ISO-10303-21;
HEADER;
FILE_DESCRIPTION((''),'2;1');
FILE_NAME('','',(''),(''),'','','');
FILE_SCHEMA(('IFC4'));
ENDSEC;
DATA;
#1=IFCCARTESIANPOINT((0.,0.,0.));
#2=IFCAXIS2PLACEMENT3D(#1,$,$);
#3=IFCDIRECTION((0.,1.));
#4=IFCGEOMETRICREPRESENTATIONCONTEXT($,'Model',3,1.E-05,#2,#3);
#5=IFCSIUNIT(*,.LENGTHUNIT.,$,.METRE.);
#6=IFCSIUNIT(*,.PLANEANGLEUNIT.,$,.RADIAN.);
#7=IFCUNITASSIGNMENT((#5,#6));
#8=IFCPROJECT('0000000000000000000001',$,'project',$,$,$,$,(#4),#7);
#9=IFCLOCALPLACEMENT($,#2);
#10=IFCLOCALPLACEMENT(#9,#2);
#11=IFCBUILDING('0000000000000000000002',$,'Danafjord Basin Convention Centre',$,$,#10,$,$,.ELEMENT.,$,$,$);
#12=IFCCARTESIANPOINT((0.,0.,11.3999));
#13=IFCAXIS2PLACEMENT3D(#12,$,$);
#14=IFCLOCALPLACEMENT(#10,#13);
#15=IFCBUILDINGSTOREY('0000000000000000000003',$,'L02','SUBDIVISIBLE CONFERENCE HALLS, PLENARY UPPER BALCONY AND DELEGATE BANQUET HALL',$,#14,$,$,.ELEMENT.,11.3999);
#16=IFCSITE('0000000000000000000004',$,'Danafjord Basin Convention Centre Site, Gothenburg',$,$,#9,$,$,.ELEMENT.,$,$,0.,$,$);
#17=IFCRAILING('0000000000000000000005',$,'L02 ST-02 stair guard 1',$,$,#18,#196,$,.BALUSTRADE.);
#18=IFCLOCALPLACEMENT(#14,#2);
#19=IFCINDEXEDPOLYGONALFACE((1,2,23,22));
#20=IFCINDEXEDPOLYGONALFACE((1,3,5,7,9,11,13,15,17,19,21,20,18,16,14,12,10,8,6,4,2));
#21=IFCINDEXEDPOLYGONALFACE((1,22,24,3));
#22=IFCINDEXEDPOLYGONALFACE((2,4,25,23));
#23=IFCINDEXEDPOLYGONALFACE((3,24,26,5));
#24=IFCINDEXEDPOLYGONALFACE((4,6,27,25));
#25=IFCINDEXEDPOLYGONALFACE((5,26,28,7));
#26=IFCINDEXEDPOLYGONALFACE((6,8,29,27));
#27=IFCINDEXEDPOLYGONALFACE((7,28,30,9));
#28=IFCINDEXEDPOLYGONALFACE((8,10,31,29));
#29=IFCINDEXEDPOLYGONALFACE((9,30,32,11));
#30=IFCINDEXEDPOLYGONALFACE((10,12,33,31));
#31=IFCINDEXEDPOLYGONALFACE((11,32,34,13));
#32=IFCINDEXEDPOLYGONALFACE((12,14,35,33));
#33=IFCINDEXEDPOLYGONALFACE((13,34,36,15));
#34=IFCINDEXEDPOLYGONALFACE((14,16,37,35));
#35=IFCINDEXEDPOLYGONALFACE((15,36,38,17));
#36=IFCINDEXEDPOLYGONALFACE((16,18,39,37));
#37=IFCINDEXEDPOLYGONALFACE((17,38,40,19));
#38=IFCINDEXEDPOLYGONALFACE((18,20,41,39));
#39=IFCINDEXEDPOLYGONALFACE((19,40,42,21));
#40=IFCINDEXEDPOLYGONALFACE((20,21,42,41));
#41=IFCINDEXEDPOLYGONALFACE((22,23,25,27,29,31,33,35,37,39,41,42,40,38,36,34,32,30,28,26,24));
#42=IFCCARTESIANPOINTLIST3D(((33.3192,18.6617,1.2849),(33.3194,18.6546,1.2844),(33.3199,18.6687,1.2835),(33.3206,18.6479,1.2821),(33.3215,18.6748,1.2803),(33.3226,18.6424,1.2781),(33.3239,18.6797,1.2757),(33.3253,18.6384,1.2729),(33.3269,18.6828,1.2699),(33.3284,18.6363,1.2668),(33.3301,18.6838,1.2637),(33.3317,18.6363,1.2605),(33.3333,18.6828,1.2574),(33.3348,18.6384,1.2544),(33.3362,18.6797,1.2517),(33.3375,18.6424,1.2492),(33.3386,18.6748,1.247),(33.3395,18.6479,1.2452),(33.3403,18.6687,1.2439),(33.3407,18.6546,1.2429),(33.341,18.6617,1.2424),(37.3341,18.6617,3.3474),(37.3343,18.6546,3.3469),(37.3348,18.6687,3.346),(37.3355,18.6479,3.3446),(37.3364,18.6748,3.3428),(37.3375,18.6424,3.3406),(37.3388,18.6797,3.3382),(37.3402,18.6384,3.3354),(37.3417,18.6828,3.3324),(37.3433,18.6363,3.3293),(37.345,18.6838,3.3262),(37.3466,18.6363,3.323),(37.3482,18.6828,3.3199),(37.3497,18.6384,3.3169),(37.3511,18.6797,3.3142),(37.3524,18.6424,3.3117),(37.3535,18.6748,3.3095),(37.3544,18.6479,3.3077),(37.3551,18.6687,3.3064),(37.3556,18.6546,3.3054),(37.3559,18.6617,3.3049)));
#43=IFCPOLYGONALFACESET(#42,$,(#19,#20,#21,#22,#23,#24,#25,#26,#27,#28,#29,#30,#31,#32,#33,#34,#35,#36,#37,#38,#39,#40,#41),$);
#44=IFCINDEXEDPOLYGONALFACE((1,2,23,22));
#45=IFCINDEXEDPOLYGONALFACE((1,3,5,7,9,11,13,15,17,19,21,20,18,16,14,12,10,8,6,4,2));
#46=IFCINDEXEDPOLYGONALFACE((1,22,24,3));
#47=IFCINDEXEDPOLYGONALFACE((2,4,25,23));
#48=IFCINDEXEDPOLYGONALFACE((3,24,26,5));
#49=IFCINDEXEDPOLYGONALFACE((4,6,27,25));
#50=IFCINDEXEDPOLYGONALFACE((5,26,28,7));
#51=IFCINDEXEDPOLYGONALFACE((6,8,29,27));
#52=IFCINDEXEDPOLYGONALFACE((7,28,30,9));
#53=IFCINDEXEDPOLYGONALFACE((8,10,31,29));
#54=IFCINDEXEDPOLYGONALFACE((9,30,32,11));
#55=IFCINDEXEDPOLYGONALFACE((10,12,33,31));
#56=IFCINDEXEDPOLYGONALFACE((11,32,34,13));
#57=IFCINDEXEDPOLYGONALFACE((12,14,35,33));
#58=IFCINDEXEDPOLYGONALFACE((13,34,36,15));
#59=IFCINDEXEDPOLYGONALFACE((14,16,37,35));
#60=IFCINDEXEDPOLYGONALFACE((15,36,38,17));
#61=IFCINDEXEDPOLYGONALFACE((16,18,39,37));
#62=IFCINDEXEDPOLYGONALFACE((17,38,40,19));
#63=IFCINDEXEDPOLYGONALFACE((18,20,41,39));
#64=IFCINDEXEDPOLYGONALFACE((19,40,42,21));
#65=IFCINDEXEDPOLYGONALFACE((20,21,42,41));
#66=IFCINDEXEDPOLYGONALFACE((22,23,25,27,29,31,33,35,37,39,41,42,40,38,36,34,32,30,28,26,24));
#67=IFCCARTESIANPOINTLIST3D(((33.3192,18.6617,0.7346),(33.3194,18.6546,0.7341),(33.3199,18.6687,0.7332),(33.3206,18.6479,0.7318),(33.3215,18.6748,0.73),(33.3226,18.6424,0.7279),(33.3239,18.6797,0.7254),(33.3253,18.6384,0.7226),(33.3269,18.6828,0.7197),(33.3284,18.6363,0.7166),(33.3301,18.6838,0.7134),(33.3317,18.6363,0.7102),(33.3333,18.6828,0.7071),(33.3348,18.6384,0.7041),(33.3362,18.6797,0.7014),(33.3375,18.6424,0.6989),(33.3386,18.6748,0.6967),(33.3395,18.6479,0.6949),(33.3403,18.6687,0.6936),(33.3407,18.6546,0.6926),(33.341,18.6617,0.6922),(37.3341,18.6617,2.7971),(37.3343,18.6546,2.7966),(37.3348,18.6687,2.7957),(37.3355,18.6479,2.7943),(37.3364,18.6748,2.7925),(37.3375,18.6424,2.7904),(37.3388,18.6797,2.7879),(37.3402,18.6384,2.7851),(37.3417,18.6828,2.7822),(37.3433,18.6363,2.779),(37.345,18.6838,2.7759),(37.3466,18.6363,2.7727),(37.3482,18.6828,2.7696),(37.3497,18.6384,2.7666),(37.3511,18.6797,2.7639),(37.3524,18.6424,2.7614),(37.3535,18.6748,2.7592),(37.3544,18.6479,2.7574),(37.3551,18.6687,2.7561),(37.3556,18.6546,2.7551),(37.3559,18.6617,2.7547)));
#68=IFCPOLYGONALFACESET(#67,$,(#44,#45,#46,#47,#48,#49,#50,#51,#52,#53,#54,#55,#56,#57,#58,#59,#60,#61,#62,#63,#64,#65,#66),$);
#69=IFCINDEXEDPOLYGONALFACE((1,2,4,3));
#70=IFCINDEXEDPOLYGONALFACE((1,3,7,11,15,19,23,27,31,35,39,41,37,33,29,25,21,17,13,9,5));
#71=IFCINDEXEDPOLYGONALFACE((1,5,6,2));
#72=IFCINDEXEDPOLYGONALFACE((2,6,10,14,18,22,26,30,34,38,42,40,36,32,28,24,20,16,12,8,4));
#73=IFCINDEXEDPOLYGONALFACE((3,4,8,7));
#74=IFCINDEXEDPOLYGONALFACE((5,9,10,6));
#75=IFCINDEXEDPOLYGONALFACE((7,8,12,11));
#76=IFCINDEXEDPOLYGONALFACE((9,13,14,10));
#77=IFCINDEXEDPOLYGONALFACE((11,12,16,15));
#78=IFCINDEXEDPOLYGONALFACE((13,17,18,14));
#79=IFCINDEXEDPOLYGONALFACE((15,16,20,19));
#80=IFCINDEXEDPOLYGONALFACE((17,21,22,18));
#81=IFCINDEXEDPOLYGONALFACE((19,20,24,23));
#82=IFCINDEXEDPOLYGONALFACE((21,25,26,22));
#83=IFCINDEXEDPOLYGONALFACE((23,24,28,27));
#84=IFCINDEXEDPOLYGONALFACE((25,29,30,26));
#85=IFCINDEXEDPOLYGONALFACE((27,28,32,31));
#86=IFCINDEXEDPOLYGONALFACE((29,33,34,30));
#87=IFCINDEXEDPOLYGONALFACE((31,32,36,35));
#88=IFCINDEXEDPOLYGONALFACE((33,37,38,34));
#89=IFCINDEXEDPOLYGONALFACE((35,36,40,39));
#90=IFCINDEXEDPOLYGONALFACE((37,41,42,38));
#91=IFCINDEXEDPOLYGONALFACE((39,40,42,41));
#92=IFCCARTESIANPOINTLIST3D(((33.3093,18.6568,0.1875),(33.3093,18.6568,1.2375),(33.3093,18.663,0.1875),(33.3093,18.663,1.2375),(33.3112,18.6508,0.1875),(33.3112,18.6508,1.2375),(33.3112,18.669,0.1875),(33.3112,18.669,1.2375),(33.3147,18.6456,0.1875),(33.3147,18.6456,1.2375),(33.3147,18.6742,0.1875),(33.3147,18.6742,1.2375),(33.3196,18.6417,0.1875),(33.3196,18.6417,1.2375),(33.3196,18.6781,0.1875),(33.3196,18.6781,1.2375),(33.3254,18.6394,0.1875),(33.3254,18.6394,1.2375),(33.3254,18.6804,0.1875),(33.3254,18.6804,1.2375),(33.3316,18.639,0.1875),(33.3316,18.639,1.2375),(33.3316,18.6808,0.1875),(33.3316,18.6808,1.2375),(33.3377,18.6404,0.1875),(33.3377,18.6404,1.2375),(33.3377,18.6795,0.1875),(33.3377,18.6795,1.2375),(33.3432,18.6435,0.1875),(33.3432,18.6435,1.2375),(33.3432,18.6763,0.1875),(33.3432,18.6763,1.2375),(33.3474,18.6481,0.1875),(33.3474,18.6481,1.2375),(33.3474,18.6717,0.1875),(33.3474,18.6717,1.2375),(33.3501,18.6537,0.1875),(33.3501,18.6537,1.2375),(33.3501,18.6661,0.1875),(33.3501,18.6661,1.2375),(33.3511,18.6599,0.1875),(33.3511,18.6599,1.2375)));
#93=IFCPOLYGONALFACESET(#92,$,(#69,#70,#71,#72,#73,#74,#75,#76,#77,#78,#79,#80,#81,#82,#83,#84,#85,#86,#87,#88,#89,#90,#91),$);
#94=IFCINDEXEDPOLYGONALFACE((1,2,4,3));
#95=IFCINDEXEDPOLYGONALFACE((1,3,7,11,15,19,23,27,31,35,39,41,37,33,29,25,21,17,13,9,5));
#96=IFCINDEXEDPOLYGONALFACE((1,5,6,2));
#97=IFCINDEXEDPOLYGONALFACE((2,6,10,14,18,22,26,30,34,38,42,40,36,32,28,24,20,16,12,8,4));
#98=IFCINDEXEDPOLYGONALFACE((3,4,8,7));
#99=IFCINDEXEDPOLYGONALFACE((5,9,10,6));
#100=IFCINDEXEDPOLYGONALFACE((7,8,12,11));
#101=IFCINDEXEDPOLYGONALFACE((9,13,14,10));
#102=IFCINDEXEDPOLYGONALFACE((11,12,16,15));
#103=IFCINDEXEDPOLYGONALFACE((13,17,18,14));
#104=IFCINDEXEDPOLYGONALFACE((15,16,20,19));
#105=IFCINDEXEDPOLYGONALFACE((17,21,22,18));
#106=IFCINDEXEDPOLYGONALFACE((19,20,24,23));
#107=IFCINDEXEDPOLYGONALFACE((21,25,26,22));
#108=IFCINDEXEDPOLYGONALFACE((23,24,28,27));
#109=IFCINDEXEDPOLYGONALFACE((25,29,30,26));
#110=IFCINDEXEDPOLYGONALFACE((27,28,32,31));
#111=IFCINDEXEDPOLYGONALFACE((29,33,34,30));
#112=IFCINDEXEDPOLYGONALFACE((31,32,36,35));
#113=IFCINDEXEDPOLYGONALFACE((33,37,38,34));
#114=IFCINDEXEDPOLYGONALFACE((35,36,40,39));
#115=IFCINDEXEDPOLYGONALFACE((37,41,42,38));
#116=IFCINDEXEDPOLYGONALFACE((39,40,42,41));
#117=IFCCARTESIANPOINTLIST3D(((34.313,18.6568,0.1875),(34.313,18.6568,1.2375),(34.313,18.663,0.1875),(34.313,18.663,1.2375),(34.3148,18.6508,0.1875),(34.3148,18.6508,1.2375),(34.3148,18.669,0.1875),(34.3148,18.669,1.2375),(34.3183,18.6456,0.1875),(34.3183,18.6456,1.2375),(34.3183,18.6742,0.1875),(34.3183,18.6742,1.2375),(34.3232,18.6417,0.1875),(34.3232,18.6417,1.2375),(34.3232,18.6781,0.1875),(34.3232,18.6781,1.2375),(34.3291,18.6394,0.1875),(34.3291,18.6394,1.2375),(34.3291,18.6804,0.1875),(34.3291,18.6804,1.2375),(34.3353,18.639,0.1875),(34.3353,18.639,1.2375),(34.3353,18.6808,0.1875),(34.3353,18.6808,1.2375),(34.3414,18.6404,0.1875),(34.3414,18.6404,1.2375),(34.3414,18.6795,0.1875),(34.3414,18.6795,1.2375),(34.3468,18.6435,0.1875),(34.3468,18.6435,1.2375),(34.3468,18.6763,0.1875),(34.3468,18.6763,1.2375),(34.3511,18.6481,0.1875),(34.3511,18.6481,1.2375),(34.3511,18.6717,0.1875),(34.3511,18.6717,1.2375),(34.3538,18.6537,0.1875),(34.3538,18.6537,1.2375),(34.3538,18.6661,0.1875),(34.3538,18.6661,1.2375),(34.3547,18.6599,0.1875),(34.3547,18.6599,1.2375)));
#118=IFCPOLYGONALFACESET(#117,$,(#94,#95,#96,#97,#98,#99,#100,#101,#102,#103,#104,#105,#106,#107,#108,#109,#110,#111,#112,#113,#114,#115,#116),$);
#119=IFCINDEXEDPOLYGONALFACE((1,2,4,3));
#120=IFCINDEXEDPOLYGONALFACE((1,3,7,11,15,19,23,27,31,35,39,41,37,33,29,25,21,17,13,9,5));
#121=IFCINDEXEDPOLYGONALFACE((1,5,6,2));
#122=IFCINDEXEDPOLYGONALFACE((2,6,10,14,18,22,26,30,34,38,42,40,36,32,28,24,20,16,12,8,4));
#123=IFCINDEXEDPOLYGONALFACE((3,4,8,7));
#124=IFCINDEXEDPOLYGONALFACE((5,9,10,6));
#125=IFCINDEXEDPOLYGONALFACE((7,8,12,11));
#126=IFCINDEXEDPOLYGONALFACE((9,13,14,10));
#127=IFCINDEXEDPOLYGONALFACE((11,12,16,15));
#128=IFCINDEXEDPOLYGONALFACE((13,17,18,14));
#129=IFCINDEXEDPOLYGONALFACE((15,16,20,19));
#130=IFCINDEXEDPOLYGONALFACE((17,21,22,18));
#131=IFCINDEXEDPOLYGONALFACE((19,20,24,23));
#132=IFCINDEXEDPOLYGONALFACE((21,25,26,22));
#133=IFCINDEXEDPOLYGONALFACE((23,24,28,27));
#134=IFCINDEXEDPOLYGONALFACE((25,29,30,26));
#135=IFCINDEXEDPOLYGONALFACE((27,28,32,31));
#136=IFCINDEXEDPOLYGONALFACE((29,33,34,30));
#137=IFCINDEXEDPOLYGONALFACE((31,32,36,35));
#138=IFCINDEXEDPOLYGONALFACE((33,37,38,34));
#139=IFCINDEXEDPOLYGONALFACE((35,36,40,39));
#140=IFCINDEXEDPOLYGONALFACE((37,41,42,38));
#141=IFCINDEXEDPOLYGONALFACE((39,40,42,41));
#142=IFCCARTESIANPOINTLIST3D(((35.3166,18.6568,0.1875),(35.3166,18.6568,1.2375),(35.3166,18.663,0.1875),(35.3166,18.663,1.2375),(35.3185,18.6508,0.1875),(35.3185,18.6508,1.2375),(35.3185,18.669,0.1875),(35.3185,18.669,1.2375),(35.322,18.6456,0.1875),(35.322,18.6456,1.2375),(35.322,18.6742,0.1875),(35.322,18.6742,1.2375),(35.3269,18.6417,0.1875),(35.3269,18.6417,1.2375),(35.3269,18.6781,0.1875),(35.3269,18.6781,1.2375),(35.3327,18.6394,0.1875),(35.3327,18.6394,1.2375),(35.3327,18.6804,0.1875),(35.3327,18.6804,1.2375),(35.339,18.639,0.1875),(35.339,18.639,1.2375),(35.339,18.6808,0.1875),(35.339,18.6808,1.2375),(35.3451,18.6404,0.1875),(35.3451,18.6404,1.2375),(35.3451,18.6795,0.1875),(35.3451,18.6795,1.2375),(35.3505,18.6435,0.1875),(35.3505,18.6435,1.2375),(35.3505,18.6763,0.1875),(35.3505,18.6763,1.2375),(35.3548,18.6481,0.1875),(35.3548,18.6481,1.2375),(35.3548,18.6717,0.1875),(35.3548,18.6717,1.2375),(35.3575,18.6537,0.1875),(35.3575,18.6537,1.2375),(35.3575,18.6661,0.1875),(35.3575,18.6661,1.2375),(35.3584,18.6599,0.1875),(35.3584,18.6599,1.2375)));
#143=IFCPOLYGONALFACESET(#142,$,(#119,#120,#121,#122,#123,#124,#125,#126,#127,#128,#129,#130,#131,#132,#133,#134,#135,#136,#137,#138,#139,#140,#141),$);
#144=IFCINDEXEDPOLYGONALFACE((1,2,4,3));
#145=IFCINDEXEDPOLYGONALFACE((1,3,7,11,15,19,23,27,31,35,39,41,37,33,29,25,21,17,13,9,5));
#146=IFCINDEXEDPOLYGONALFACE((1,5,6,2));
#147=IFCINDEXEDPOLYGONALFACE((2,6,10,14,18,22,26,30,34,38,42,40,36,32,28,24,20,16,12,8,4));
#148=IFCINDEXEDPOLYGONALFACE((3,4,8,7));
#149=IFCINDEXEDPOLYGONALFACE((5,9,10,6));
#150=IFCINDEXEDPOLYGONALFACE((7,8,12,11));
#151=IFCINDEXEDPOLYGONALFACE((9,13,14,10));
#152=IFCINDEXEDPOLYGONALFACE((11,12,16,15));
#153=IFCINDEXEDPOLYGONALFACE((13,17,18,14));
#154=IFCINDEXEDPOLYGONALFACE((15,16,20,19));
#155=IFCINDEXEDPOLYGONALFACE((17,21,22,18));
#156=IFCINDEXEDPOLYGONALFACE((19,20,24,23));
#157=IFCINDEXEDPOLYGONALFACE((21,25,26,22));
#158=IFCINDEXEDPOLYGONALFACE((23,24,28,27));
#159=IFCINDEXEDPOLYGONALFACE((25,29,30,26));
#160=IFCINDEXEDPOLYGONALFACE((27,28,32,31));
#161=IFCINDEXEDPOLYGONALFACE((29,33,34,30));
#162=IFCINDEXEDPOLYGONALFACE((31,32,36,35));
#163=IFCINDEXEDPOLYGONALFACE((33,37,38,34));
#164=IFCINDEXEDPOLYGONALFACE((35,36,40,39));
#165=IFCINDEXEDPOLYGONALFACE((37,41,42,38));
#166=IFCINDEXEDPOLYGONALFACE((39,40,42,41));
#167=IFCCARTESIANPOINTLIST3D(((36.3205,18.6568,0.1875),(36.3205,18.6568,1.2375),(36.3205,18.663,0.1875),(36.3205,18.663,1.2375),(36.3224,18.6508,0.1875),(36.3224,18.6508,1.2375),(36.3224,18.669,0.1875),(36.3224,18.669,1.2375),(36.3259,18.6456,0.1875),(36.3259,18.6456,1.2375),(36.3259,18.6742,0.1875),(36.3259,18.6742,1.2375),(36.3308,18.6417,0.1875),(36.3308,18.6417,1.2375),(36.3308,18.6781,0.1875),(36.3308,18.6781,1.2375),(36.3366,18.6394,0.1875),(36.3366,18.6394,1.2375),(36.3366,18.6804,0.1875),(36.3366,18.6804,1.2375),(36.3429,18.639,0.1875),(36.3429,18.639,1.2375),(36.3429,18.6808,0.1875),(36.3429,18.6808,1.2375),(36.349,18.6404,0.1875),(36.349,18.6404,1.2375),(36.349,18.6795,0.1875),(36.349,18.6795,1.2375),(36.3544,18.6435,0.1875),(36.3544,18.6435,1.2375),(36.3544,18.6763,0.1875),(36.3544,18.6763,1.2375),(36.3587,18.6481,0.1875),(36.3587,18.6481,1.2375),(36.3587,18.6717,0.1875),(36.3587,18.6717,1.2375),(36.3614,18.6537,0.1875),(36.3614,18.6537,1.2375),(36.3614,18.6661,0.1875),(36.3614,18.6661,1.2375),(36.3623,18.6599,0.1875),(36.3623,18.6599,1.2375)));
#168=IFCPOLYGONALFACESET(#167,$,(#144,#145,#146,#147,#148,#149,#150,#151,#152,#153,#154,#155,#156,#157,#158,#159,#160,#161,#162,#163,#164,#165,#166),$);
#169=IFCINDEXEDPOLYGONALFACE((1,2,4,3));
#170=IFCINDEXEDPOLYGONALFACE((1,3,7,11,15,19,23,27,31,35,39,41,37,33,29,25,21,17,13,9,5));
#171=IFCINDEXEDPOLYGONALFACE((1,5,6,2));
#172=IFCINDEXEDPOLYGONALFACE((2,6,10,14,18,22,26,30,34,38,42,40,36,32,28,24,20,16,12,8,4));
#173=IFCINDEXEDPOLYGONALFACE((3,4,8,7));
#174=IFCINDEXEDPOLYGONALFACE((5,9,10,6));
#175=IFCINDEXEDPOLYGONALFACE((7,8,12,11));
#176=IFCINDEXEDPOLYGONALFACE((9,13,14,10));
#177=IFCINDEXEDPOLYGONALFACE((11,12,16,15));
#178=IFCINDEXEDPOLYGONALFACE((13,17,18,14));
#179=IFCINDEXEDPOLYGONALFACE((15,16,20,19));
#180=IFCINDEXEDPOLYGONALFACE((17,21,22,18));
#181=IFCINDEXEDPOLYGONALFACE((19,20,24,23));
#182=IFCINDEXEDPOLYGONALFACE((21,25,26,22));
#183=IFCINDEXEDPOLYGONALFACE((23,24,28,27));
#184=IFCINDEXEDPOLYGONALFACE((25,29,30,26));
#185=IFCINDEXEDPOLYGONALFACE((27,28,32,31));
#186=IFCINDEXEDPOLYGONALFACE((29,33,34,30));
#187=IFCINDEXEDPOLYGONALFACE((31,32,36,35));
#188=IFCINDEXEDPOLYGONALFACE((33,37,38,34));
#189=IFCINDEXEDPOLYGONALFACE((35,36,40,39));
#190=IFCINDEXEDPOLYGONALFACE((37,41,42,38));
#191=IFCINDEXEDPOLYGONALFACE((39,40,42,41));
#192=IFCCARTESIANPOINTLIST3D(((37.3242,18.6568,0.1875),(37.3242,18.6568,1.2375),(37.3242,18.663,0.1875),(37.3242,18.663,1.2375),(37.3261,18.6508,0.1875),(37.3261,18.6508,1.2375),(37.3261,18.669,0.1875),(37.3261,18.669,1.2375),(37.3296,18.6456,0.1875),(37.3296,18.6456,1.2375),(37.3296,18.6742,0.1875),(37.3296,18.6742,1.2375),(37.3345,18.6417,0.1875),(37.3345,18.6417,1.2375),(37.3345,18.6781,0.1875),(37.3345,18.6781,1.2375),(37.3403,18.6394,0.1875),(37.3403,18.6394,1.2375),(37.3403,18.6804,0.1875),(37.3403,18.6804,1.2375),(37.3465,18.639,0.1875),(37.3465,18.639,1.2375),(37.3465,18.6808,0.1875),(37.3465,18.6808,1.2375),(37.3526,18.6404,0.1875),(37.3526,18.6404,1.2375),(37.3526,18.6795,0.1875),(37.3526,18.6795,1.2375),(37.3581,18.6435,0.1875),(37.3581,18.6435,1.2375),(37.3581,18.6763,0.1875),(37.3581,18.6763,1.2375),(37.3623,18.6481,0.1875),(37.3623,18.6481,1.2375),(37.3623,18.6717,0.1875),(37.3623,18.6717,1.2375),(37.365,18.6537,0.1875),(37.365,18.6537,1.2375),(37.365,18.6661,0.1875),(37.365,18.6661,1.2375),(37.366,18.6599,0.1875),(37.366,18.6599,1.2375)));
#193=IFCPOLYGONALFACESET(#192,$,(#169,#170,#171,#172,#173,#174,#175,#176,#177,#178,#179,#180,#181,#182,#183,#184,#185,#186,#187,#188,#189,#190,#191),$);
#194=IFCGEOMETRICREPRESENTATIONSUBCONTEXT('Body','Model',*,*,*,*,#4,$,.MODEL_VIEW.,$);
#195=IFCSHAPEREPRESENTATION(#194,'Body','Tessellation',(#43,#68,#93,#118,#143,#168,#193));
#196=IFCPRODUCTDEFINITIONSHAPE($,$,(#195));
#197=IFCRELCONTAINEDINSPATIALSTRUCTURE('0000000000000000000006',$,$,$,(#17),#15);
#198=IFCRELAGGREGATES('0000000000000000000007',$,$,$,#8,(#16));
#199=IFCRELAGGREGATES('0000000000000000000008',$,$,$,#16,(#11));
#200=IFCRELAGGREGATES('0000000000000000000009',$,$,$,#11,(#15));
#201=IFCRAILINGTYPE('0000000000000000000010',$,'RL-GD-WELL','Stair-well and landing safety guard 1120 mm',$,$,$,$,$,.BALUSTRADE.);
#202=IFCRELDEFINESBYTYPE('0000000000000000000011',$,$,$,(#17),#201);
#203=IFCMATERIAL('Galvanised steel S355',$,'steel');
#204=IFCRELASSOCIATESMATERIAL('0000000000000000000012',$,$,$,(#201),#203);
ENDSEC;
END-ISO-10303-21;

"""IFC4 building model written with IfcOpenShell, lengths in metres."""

from ifc_helpers import new_model, si_unit, direction, frame, origin, origin_2d, place, context, subcontext, project, spatial, circle, extrude, material, type_object, element, save


model = new_model("IFC4")

# Units and contexts
model_context = context("Model", 3, precision=1e-05, world=origin(), true_north=direction((0.0, 1.0)))
body_context = subcontext(model_context, "Body", "Model", "MODEL_VIEW")
ifc_project = project(units=[si_unit("LENGTHUNIT", "METRE"), si_unit("PLANEANGLEUNIT", "RADIAN")], contexts=[model_context])

# Site, building, storey
site_placement = place(None, origin())
site = spatial("IfcSite", under=ifc_project, at=site_placement, Name="Danafjord Basin Convention Centre Site, Gothenburg", CompositionType="ELEMENT", RefElevation=0.0)
building_placement = place(site_placement, origin())
building = spatial("IfcBuilding", under=site, at=building_placement, Name="Danafjord Basin Convention Centre", CompositionType="ELEMENT")
storey_placement = place(building_placement, frame((0.0, 0.0, 11.3999)))
storey = spatial("IfcBuildingStorey", under=building, at=storey_placement, Name="L02", Description="SUBDIVISIBLE CONFERENCE HALLS, PLENARY UPPER BALCONY AND DELEGATE BANQUET HALL", CompositionType="ELEMENT", Elevation=11.3999)

# Railing
ifc_material_1 = material(Name="Galvanised steel S355", Category="steel")
railing_type_1 = type_object("IfcRailingType", Name="RL-GD-WELL", Description="Stair-well and landing safety guard 1120 mm", PredefinedType="BALUSTRADE", material=ifc_material_1)
railing_1_placement = place(storey_placement, frame((33.3301, 18.6599, 0.1875)))
element("IfcRailing", 1, at=railing_1_placement, inside=storey, type_object=railing_type_1, Name="L02 ST-02 stair guard 1", PredefinedType="BALUSTRADE", context=body_context, shape_type="SweptSolid", body=[
    extrude(circle(Radius=0.0239, at=origin_2d()), frame((0.0, 0.0, 1.0762), z_axis=(0.889495, 0.0, 0.456945), x_axis=(0.0, 1.0, 0.0)), (0.0, 0.0, 1.0), 4.5137),
    extrude(circle(Radius=0.0239, at=origin_2d()), frame((0.0, 0.0, 0.5259), z_axis=(0.889495, 0.0, 0.456945), x_axis=(0.0, 1.0, 0.0)), (0.0, 0.0, 1.0), 4.5137),
    extrude(circle(Radius=0.021, at=origin_2d()), origin(), (0.0, 0.0, 1.0), 1.05),
    extrude(circle(Radius=0.021, at=origin_2d()), frame((1.0037, 0.0, 0.0)), (0.0, 0.0, 1.0), 1.05),
    extrude(circle(Radius=0.021, at=origin_2d()), frame((2.0073, 0.0, 0.0)), (0.0, 0.0, 1.0), 1.05),
    extrude(circle(Radius=0.021, at=origin_2d()), frame((3.0112, 0.0, 0.0)), (0.0, 0.0, 1.0), 1.05),
    extrude(circle(Radius=0.021, at=origin_2d()), frame((4.0149, 0.0, 0.0)), (0.0, 0.0, 1.0), 1.05),
])

save(model, "model.ifc")
